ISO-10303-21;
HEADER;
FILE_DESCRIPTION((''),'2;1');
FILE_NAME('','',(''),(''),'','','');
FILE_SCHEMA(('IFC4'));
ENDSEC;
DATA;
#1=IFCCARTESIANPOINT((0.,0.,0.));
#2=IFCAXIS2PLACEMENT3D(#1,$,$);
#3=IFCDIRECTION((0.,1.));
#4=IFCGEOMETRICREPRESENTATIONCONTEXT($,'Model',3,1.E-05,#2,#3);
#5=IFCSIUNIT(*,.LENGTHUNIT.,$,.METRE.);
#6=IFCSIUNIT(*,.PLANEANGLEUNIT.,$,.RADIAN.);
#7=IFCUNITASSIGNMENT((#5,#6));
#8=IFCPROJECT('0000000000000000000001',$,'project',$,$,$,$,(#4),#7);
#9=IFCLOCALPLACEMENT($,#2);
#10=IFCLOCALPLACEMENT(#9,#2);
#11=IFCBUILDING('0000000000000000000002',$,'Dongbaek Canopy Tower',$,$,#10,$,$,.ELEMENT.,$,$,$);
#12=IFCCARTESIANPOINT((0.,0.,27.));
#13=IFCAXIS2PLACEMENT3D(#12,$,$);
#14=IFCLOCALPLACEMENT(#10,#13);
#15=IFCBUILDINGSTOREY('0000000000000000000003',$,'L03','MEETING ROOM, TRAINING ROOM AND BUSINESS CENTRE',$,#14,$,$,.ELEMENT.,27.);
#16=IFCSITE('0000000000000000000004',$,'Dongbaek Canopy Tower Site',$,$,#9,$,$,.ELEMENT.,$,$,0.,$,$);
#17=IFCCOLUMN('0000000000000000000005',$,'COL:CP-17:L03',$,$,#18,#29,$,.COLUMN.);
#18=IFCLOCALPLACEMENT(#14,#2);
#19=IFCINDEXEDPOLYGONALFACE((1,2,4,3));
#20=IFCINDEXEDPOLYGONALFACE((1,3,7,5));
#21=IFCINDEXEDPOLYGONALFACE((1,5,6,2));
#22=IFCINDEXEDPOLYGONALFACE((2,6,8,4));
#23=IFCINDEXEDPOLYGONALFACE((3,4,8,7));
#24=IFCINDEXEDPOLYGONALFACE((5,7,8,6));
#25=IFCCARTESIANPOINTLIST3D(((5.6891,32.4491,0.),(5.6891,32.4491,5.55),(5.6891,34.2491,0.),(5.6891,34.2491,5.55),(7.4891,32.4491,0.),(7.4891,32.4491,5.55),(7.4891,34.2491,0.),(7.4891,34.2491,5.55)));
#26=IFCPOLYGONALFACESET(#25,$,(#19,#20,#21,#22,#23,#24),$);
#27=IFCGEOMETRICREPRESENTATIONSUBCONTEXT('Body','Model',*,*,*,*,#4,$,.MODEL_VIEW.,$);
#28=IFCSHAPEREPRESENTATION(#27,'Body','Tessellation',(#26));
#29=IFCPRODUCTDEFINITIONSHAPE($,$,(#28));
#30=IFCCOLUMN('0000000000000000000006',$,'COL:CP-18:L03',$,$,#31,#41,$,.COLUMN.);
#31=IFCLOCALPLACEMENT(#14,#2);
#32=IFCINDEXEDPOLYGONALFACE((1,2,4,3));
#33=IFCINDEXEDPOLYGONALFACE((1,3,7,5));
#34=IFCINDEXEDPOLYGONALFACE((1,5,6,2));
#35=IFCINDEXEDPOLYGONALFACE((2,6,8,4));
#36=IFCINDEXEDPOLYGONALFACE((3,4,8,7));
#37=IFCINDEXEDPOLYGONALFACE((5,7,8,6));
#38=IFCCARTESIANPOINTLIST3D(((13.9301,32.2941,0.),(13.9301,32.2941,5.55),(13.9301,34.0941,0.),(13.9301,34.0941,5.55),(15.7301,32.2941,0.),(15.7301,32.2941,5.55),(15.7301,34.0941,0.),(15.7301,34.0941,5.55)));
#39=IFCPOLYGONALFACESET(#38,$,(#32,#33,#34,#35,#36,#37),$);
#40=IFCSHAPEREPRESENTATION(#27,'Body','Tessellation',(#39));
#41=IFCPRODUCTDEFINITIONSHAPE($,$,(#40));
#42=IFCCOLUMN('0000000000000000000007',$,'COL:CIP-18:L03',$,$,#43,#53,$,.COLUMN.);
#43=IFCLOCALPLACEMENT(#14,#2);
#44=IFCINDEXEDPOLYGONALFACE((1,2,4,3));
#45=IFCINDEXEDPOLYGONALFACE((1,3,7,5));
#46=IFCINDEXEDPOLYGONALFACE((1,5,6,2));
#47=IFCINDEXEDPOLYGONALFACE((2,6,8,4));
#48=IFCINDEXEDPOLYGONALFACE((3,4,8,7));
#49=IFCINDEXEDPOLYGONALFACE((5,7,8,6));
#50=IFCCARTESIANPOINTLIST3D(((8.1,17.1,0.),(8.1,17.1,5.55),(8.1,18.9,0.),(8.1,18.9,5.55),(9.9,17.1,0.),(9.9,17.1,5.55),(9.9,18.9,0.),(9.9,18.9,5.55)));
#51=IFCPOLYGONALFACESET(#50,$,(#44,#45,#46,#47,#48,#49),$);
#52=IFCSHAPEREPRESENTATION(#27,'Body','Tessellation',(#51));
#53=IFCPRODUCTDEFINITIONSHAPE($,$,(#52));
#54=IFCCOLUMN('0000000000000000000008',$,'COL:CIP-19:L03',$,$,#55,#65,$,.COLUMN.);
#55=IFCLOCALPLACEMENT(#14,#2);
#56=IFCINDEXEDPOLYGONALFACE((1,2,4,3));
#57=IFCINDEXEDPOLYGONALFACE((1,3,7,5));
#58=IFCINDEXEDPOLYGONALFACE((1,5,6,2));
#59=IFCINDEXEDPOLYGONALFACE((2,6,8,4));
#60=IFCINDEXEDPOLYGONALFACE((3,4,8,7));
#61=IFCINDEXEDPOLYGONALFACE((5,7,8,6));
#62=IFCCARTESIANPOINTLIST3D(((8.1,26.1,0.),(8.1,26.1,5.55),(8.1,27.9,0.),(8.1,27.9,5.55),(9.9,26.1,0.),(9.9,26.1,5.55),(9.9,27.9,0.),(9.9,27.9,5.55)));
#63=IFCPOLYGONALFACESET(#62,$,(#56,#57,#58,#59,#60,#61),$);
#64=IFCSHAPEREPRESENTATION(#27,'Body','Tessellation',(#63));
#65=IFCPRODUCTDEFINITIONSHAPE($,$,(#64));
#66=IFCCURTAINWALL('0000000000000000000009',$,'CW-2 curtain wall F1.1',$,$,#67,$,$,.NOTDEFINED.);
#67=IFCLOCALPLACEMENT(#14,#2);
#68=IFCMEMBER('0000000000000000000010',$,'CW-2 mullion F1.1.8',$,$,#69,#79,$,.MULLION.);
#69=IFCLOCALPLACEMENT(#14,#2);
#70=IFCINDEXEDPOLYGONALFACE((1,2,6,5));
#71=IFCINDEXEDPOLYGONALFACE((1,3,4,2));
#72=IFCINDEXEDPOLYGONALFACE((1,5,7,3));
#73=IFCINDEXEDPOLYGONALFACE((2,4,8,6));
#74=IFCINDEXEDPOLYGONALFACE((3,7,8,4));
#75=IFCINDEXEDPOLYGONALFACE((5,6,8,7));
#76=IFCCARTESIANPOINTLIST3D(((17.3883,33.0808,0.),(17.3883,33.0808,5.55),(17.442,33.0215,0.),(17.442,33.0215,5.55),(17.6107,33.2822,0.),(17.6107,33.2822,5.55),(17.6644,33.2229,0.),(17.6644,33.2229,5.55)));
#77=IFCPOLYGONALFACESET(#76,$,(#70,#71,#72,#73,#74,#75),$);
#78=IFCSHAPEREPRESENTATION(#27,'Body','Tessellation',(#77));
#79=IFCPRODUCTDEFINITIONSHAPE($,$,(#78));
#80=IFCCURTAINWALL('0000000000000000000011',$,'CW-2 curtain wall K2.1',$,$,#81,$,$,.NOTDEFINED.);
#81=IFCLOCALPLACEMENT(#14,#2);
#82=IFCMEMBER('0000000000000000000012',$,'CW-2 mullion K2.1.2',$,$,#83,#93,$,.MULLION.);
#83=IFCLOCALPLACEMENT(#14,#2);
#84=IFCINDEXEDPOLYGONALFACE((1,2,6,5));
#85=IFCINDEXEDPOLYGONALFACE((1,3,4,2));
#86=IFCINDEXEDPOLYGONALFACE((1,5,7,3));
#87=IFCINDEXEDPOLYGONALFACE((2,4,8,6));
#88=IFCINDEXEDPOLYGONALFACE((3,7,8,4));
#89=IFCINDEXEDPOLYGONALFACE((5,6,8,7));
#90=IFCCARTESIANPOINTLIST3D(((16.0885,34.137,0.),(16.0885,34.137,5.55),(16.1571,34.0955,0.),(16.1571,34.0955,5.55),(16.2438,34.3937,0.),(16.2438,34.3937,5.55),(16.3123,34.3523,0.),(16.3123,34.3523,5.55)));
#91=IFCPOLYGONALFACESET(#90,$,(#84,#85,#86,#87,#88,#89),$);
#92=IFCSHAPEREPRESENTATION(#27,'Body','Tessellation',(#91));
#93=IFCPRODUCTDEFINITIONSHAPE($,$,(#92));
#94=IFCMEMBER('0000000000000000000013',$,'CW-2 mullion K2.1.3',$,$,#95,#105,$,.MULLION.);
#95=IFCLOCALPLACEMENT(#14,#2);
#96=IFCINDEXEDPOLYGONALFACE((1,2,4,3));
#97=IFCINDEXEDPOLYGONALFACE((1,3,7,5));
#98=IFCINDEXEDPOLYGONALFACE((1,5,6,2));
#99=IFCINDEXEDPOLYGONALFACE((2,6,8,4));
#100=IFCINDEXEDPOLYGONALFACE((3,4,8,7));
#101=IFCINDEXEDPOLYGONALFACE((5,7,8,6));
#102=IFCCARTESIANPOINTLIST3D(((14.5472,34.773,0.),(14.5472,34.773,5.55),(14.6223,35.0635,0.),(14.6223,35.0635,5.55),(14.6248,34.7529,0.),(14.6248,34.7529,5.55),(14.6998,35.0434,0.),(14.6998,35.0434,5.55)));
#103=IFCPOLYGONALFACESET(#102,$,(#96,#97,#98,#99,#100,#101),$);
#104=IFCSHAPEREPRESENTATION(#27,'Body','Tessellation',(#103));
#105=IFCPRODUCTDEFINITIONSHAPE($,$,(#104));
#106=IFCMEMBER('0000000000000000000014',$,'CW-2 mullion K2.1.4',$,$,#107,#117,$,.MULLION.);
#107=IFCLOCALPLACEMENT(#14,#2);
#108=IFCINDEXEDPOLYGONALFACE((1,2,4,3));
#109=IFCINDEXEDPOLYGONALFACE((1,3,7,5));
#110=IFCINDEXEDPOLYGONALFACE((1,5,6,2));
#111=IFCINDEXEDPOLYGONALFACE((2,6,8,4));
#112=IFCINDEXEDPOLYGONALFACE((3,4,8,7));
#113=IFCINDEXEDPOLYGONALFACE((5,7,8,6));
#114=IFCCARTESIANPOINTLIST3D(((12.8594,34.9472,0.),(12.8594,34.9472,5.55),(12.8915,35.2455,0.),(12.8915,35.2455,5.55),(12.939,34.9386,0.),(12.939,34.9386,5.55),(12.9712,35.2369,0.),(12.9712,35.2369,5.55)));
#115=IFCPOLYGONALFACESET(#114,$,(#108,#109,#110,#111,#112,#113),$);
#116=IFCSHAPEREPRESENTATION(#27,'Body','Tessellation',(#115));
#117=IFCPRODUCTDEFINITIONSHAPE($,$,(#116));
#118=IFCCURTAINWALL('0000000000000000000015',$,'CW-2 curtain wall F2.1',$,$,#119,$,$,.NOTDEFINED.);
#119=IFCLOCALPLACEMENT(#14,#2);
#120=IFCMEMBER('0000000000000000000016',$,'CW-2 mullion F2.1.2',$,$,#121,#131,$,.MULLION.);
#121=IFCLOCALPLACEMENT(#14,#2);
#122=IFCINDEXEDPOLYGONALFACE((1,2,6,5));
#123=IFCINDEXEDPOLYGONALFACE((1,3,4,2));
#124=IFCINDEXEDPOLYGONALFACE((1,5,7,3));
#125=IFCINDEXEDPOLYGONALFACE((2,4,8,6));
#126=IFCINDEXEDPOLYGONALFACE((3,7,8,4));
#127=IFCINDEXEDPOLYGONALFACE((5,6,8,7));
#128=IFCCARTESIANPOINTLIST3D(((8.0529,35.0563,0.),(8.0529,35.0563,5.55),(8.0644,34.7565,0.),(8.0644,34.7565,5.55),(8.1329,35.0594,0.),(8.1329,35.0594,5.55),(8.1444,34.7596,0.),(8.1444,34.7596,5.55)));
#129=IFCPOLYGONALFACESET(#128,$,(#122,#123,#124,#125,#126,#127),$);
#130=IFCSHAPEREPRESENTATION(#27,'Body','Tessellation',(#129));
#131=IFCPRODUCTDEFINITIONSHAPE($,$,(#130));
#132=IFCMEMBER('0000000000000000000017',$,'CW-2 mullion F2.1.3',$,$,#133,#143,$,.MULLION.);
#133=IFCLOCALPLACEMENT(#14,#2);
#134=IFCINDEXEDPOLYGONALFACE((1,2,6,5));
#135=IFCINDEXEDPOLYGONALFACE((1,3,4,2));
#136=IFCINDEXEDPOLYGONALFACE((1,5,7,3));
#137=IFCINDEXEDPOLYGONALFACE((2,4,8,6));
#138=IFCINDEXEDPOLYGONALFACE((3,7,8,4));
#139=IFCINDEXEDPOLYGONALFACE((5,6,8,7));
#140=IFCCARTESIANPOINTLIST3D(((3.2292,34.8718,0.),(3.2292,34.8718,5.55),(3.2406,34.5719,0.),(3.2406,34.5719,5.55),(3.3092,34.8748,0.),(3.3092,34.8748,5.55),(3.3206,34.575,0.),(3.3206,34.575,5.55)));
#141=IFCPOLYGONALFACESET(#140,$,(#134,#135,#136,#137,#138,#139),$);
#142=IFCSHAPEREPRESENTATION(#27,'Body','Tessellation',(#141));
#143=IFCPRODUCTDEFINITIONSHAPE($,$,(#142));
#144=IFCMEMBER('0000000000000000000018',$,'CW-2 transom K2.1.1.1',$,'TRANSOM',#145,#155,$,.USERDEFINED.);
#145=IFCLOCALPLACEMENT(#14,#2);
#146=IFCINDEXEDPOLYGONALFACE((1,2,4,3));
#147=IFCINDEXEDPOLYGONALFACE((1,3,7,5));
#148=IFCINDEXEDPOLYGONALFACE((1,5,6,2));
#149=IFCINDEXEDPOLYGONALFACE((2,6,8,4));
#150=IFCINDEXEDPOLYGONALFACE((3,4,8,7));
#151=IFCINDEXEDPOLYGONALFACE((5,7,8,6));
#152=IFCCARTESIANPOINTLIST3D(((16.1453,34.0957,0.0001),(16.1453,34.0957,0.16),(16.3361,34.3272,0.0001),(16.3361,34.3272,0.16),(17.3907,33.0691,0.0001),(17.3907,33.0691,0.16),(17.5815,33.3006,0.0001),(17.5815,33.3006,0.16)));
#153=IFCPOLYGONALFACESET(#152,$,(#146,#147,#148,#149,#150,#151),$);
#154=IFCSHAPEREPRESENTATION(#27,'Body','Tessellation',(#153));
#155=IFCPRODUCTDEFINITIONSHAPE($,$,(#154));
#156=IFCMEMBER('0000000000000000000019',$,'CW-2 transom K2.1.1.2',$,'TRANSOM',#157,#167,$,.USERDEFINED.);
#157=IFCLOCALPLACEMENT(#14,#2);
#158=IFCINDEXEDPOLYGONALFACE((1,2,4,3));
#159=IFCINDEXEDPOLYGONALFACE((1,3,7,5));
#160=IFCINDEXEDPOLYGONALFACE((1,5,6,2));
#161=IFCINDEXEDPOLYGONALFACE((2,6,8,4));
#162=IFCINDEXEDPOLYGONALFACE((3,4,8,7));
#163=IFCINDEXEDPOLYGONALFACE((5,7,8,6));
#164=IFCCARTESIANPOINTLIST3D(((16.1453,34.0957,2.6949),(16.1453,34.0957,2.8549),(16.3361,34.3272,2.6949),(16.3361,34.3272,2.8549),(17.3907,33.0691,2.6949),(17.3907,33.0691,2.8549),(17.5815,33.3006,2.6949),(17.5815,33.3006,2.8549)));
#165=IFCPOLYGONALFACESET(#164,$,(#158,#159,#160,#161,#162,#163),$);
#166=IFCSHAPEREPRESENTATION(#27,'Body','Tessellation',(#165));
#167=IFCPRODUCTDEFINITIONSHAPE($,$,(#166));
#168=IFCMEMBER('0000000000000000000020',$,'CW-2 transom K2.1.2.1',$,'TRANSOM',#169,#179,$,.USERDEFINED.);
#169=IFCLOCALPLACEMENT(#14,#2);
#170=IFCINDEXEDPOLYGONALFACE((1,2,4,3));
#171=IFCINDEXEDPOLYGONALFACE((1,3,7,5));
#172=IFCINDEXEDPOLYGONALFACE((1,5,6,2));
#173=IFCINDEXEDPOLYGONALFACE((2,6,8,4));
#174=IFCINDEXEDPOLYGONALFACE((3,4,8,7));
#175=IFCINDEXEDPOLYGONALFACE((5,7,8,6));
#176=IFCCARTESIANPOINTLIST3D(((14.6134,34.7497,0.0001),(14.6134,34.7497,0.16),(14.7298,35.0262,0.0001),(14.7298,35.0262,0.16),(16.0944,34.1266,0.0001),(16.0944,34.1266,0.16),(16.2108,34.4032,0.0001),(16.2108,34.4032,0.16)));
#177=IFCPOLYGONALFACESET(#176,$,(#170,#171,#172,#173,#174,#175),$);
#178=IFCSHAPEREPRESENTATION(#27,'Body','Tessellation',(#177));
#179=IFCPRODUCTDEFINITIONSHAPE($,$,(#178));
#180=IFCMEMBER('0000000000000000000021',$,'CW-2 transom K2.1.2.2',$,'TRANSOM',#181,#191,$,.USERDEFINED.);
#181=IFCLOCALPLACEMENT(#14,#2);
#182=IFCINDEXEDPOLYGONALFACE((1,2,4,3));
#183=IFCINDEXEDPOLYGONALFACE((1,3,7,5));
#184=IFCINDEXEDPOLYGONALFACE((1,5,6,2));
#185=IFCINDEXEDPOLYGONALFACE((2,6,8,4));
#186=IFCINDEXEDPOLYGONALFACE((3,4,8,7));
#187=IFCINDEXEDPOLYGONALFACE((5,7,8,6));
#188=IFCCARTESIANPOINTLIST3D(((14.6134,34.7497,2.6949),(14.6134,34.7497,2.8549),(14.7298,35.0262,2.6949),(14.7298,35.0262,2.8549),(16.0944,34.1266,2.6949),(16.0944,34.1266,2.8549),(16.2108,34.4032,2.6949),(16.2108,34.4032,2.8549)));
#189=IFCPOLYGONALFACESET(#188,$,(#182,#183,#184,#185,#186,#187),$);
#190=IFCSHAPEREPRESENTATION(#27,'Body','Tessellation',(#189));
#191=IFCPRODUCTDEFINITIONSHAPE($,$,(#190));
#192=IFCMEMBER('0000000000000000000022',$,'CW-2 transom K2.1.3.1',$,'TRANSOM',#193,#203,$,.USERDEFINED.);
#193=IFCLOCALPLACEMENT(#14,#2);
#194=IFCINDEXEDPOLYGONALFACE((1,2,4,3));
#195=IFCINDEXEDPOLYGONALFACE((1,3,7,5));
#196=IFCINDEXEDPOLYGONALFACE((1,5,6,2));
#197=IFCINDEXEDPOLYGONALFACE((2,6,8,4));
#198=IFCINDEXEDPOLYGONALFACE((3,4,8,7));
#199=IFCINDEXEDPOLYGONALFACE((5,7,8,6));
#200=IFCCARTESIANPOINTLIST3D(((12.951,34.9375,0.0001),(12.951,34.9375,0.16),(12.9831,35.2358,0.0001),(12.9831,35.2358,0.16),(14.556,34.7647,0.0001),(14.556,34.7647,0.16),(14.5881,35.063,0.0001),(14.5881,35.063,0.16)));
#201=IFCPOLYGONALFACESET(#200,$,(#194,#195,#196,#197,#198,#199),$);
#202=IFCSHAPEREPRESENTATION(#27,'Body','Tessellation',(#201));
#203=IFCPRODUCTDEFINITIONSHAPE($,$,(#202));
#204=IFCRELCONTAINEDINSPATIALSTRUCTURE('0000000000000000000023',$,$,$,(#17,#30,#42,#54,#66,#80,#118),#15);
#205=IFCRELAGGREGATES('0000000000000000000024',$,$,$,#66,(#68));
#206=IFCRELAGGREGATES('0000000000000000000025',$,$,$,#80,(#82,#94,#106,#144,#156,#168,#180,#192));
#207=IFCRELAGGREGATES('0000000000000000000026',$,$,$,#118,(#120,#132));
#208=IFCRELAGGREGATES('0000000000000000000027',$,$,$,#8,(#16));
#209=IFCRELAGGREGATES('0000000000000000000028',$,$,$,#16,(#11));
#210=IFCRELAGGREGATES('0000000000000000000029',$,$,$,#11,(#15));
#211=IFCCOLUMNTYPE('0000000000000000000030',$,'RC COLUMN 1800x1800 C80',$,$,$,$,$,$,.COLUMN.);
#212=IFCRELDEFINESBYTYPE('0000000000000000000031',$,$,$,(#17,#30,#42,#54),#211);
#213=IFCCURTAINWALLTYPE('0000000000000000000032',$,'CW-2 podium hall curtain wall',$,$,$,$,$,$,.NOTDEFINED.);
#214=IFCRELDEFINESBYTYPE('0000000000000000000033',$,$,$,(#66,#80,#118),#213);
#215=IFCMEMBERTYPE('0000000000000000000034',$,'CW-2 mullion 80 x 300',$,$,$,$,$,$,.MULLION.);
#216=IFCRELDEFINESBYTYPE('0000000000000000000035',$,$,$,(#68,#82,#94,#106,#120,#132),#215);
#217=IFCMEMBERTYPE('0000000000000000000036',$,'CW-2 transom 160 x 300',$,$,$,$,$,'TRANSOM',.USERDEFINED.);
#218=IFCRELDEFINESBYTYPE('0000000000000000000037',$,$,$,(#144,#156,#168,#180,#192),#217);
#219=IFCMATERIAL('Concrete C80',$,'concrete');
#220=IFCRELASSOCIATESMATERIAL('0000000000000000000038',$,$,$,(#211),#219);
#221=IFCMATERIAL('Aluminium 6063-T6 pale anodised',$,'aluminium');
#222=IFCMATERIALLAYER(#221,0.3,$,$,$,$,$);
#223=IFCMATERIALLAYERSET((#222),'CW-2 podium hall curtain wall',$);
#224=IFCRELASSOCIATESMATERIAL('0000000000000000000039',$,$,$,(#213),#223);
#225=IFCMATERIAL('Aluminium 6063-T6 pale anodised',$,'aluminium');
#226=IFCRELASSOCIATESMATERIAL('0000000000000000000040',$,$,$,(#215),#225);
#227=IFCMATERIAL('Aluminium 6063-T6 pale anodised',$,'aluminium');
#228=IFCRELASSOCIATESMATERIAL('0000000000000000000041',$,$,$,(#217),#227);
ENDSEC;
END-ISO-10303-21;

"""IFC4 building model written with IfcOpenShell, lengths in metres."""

from ifc_helpers import new_model, si_unit, direction, frame, origin, origin_2d, place, context, subcontext, project, spatial, rectangle, extrude, material, layer, layer_set, material_profile, profile_set, type_object, element, aggregate, save


model = new_model("IFC4")

# Units and contexts
model_context = context("Model", 3, precision=1e-05, world=origin(), true_north=direction((0.0, 1.0)))
body_context = subcontext(model_context, "Body", "Model", "MODEL_VIEW")
ifc_project = project(units=[si_unit("LENGTHUNIT", "METRE"), si_unit("PLANEANGLEUNIT", "RADIAN")], contexts=[model_context])

# Site, building, storey
site_placement = place(None, origin())
site = spatial("IfcSite", under=ifc_project, at=site_placement, Name="Dongbaek Canopy Tower Site", CompositionType="ELEMENT", RefElevation=0.0)
building_placement = place(site_placement, origin())
building = spatial("IfcBuilding", under=site, at=building_placement, Name="Dongbaek Canopy Tower", CompositionType="ELEMENT")
storey_placement = place(building_placement, frame((0.0, 0.0, 27.0)))
storey = spatial("IfcBuildingStorey", under=building, at=storey_placement, Name="L03", Description="MEETING ROOM, TRAINING ROOM AND BUSINESS CENTRE", CompositionType="ELEMENT", Elevation=27.0)

# Columns
ifc_material_1 = material(Name="Concrete C80", Category="concrete")
ifc_material_profile_1 = material_profile(ifc_material_1, rectangle(XDim=1.8, YDim=1.8, at=origin_2d()), Name="RC COLUMN 1800x1800 C80")
ifc_profile_set_1 = profile_set([ifc_material_profile_1], Name="Concrete C80")
column_type = type_object("IfcColumnType", Name="RC COLUMN 1800x1800 C80", PredefinedType="COLUMN", material=ifc_profile_set_1)
for number, where, z_axis, x_axis, name in (
    (1, (6.5891, 33.3491, 0.0), (0.0, 0.0, 1.0), (1.0, 0.0, 0.0), "COL:CP-17:L03"),
    (2, (14.8301, 33.1941, 0.0), (0.0, 0.0, 1.0), (1.0, 0.0, 0.0), "COL:CP-18:L03"),
    (3, (9.0, 18.0, 0.0), (0.0, 0.0, 1.0), (1.0, 0.0, 0.0), "COL:CIP-18:L03"),
    (4, (9.0, 27.0, 0.0), (0.0, 0.0, 1.0), (1.0, 0.0, 0.0), "COL:CIP-19:L03"),
):
    element("IfcColumn", number, at=place(storey_placement, frame(where, z_axis=z_axis, x_axis=x_axis)), inside=storey, type_object=column_type, Name=name, PredefinedType="COLUMN", context=body_context, shape_type="SweptSolid", body=[
        extrude(rectangle(XDim=1.8, YDim=1.8, at=origin_2d()), origin(), (0.0, 0.0, 1.0), 5.55),
    ])

# Curtain wall, member
ifc_material_2 = material(Name="Aluminium 6063-T6 pale anodised", Category="aluminium")
ifc_layer_1 = layer(ifc_material_2, 0.3)
ifc_layer_set_1 = layer_set([ifc_layer_1], Name="CW-2 podium hall curtain wall")
curtain_wall_type = type_object("IfcCurtainWallType", Name="CW-2 podium hall curtain wall", PredefinedType="NOTDEFINED", material=ifc_layer_set_1)
curtain_wall_1_placement = place(storey_placement, origin())
curtain_wall_1 = element("IfcCurtainWall", 5, at=curtain_wall_1_placement, inside=storey, type_object=curtain_wall_type, Name="CW-2 curtain wall F1.1", PredefinedType="NOTDEFINED")
ifc_material_3 = material(Name="Aluminium 6063-T6 pale anodised", Category="aluminium")
ifc_material_profile_2 = material_profile(ifc_material_3, rectangle(XDim=0.3, YDim=0.0801, at=origin_2d()), Name="CW-2 mullion 80 x 300")
ifc_profile_set_2 = profile_set([ifc_material_profile_2], Name="Aluminium 6063-T6 pale anodised")
member_type_1 = type_object("IfcMemberType", Name="CW-2 mullion 80 x 300", PredefinedType="MULLION", material=ifc_profile_set_2)
member_1_placement = place(storey_placement, frame((17.5264, 33.1519, 0.0), z_axis=(0.0, 0.0, 1.0), x_axis=(0.741222, 0.67126, 0.0)))
member_1 = element("IfcMember", 6, at=member_1_placement, type_object=member_type_1, Name="CW-2 mullion F1.1.8", PredefinedType="MULLION", context=body_context, shape_type="SweptSolid", body=[
    extrude(rectangle(XDim=0.3, YDim=0.0801, at=origin_2d()), origin(), (0.0, 0.0, 1.0), 5.55),
])
aggregate(curtain_wall_1, [member_1])

# Curtain walls, members
curtain_wall_2_placement = place(storey_placement, origin())
curtain_wall_2 = element("IfcCurtainWall", 7, at=curtain_wall_2_placement, inside=storey, type_object=curtain_wall_type, Name="CW-2 curtain wall K2.1", PredefinedType="NOTDEFINED")
member_2_placement = place(storey_placement, frame((16.2004, 34.2446, 0.0), z_axis=(0.0, 0.0, 1.0), x_axis=(0.517431, 0.855725, 0.0)))
member_2 = element("IfcMember", 8, at=member_2_placement, type_object=member_type_1, Name="CW-2 mullion K2.1.2", PredefinedType="MULLION", context=body_context, shape_type="SweptSolid", body=[
    extrude(rectangle(XDim=0.3, YDim=0.0801, at=origin_2d()), origin(), (0.0, 0.0, 1.0), 5.55),
])
member_3_placement = place(storey_placement, frame((14.6235, 34.9082, 0.0), z_axis=(0.0, 0.0, 1.0), x_axis=(0.250118, 0.968215, 0.0)))
member_3 = element("IfcMember", 9, at=member_3_placement, type_object=member_type_1, Name="CW-2 mullion K2.1.3", PredefinedType="MULLION", context=body_context, shape_type="SweptSolid", body=[
    extrude(rectangle(XDim=0.3, YDim=0.0801, at=origin_2d()), origin(), (0.0, 0.0, 1.0), 5.55),
])
member_4_placement = place(storey_placement, frame((12.9153, 35.092, 0.0), z_axis=(0.0, 0.0, 1.0), x_axis=(0.107075, 0.994251, 0.0)))
member_4 = element("IfcMember", 10, at=member_4_placement, type_object=member_type_1, Name="CW-2 mullion K2.1.4", PredefinedType="MULLION", context=body_context, shape_type="SweptSolid", body=[
    extrude(rectangle(XDim=0.3, YDim=0.0801, at=origin_2d()), origin(), (0.0, 0.0, 1.0), 5.55),
])
curtain_wall_3_placement = place(storey_placement, origin())
curtain_wall_3 = element("IfcCurtainWall", 11, at=curtain_wall_3_placement, inside=storey, type_object=curtain_wall_type, Name="CW-2 curtain wall F2.1", PredefinedType="NOTDEFINED")
member_5_placement = place(storey_placement, frame((8.0986, 34.908, 0.0), z_axis=(0.0, 0.0, 1.0), x_axis=(-0.038232, 0.999269, 0.0)))
member_5 = element("IfcMember", 12, at=member_5_placement, type_object=member_type_1, Name="CW-2 mullion F2.1.2", PredefinedType="MULLION", context=body_context, shape_type="SweptSolid", body=[
    extrude(rectangle(XDim=0.3, YDim=0.0801, at=origin_2d()), origin(), (0.0, 0.0, 1.0), 5.55),
])
member_6_placement = place(storey_placement, frame((3.2749, 34.7234, 0.0), z_axis=(0.0, 0.0, 1.0), x_axis=(-0.038232, 0.999269, 0.0)))
member_6 = element("IfcMember", 13, at=member_6_placement, type_object=member_type_1, Name="CW-2 mullion F2.1.3", PredefinedType="MULLION", context=body_context, shape_type="SweptSolid", body=[
    extrude(rectangle(XDim=0.3, YDim=0.0801, at=origin_2d()), origin(), (0.0, 0.0, 1.0), 5.55),
])

# Members
ifc_material_4 = material(Name="Aluminium 6063-T6 pale anodised", Category="aluminium")
ifc_material_profile_3 = material_profile(ifc_material_4, rectangle(XDim=0.3, YDim=0.1599, at=origin_2d()), Name="CW-2 transom 160 x 300")
ifc_profile_set_3 = profile_set([ifc_material_profile_3], Name="Aluminium 6063-T6 pale anodised")
member_type_2 = type_object("IfcMemberType", Name="CW-2 transom 160 x 300", ElementType="TRANSOM", PredefinedType="USERDEFINED", material=ifc_profile_set_3)
member_7_placement = place(storey_placement, frame((17.4861, 33.1848, 0.0801), z_axis=(-0.77162, 0.636084, 0.0), x_axis=(-0.636084, -0.77162, 0.0)))
member_7 = element("IfcMember", 14, at=member_7_placement, type_object=member_type_2, Name="CW-2 transom K2.1.1.1", ObjectType="TRANSOM", PredefinedType="USERDEFINED", context=body_context, shape_type="SweptSolid", body=[
    extrude(rectangle(XDim=0.3, YDim=0.1599, at=origin_2d()), origin(), (0.0, 0.0, 1.0), 1.614),
])
member_8_placement = place(storey_placement, frame((17.4861, 33.1848, 2.7749), z_axis=(-0.77162, 0.636084, 0.0), x_axis=(-0.636084, -0.77162, 0.0)))
member_8 = element("IfcMember", 15, at=member_8_placement, type_object=member_type_2, Name="CW-2 transom K2.1.1.2", ObjectType="TRANSOM", PredefinedType="USERDEFINED", context=body_context, shape_type="SweptSolid", body=[
    extrude(rectangle(XDim=0.3, YDim=0.1599, at=origin_2d()), origin(), (0.0, 0.0, 1.0), 1.614),
])
member_9_placement = place(storey_placement, frame((16.1526, 34.2649, 0.0801), z_axis=(-0.92175, 0.387785, 0.0), x_axis=(-0.387785, -0.92175, 0.0)))
member_9 = element("IfcMember", 16, at=member_9_placement, type_object=member_type_2, Name="CW-2 transom K2.1.2.1", ObjectType="TRANSOM", PredefinedType="USERDEFINED", context=body_context, shape_type="SweptSolid", body=[
    extrude(rectangle(XDim=0.3, YDim=0.1599, at=origin_2d()), origin(), (0.0, 0.0, 1.0), 1.6067),
])
member_10_placement = place(storey_placement, frame((16.1526, 34.2649, 2.7749), z_axis=(-0.92175, 0.387785, 0.0), x_axis=(-0.387785, -0.92175, 0.0)))
member_10 = element("IfcMember", 17, at=member_10_placement, type_object=member_type_2, Name="CW-2 transom K2.1.2.2", ObjectType="TRANSOM", PredefinedType="USERDEFINED", context=body_context, shape_type="SweptSolid", body=[
    extrude(rectangle(XDim=0.3, YDim=0.1599, at=origin_2d()), origin(), (0.0, 0.0, 1.0), 1.6067),
])
member_11_placement = place(storey_placement, frame((14.572, 34.9138, 0.0801), z_axis=(-0.994251, 0.107078, 0.0), x_axis=(-0.107078, -0.994251, 0.0)))
member_11 = element("IfcMember", 18, at=member_11_placement, type_object=member_type_2, Name="CW-2 transom K2.1.3.1", ObjectType="TRANSOM", PredefinedType="USERDEFINED", context=body_context, shape_type="SweptSolid", body=[
    extrude(rectangle(XDim=0.3, YDim=0.1599, at=origin_2d()), origin(), (0.0, 0.0, 1.0), 1.6143),
])

aggregate(curtain_wall_2, [member_2, member_3, member_4, member_7, member_8, member_9, member_10, member_11])
aggregate(curtain_wall_3, [member_5, member_6])

save(model, "model.ifc")
